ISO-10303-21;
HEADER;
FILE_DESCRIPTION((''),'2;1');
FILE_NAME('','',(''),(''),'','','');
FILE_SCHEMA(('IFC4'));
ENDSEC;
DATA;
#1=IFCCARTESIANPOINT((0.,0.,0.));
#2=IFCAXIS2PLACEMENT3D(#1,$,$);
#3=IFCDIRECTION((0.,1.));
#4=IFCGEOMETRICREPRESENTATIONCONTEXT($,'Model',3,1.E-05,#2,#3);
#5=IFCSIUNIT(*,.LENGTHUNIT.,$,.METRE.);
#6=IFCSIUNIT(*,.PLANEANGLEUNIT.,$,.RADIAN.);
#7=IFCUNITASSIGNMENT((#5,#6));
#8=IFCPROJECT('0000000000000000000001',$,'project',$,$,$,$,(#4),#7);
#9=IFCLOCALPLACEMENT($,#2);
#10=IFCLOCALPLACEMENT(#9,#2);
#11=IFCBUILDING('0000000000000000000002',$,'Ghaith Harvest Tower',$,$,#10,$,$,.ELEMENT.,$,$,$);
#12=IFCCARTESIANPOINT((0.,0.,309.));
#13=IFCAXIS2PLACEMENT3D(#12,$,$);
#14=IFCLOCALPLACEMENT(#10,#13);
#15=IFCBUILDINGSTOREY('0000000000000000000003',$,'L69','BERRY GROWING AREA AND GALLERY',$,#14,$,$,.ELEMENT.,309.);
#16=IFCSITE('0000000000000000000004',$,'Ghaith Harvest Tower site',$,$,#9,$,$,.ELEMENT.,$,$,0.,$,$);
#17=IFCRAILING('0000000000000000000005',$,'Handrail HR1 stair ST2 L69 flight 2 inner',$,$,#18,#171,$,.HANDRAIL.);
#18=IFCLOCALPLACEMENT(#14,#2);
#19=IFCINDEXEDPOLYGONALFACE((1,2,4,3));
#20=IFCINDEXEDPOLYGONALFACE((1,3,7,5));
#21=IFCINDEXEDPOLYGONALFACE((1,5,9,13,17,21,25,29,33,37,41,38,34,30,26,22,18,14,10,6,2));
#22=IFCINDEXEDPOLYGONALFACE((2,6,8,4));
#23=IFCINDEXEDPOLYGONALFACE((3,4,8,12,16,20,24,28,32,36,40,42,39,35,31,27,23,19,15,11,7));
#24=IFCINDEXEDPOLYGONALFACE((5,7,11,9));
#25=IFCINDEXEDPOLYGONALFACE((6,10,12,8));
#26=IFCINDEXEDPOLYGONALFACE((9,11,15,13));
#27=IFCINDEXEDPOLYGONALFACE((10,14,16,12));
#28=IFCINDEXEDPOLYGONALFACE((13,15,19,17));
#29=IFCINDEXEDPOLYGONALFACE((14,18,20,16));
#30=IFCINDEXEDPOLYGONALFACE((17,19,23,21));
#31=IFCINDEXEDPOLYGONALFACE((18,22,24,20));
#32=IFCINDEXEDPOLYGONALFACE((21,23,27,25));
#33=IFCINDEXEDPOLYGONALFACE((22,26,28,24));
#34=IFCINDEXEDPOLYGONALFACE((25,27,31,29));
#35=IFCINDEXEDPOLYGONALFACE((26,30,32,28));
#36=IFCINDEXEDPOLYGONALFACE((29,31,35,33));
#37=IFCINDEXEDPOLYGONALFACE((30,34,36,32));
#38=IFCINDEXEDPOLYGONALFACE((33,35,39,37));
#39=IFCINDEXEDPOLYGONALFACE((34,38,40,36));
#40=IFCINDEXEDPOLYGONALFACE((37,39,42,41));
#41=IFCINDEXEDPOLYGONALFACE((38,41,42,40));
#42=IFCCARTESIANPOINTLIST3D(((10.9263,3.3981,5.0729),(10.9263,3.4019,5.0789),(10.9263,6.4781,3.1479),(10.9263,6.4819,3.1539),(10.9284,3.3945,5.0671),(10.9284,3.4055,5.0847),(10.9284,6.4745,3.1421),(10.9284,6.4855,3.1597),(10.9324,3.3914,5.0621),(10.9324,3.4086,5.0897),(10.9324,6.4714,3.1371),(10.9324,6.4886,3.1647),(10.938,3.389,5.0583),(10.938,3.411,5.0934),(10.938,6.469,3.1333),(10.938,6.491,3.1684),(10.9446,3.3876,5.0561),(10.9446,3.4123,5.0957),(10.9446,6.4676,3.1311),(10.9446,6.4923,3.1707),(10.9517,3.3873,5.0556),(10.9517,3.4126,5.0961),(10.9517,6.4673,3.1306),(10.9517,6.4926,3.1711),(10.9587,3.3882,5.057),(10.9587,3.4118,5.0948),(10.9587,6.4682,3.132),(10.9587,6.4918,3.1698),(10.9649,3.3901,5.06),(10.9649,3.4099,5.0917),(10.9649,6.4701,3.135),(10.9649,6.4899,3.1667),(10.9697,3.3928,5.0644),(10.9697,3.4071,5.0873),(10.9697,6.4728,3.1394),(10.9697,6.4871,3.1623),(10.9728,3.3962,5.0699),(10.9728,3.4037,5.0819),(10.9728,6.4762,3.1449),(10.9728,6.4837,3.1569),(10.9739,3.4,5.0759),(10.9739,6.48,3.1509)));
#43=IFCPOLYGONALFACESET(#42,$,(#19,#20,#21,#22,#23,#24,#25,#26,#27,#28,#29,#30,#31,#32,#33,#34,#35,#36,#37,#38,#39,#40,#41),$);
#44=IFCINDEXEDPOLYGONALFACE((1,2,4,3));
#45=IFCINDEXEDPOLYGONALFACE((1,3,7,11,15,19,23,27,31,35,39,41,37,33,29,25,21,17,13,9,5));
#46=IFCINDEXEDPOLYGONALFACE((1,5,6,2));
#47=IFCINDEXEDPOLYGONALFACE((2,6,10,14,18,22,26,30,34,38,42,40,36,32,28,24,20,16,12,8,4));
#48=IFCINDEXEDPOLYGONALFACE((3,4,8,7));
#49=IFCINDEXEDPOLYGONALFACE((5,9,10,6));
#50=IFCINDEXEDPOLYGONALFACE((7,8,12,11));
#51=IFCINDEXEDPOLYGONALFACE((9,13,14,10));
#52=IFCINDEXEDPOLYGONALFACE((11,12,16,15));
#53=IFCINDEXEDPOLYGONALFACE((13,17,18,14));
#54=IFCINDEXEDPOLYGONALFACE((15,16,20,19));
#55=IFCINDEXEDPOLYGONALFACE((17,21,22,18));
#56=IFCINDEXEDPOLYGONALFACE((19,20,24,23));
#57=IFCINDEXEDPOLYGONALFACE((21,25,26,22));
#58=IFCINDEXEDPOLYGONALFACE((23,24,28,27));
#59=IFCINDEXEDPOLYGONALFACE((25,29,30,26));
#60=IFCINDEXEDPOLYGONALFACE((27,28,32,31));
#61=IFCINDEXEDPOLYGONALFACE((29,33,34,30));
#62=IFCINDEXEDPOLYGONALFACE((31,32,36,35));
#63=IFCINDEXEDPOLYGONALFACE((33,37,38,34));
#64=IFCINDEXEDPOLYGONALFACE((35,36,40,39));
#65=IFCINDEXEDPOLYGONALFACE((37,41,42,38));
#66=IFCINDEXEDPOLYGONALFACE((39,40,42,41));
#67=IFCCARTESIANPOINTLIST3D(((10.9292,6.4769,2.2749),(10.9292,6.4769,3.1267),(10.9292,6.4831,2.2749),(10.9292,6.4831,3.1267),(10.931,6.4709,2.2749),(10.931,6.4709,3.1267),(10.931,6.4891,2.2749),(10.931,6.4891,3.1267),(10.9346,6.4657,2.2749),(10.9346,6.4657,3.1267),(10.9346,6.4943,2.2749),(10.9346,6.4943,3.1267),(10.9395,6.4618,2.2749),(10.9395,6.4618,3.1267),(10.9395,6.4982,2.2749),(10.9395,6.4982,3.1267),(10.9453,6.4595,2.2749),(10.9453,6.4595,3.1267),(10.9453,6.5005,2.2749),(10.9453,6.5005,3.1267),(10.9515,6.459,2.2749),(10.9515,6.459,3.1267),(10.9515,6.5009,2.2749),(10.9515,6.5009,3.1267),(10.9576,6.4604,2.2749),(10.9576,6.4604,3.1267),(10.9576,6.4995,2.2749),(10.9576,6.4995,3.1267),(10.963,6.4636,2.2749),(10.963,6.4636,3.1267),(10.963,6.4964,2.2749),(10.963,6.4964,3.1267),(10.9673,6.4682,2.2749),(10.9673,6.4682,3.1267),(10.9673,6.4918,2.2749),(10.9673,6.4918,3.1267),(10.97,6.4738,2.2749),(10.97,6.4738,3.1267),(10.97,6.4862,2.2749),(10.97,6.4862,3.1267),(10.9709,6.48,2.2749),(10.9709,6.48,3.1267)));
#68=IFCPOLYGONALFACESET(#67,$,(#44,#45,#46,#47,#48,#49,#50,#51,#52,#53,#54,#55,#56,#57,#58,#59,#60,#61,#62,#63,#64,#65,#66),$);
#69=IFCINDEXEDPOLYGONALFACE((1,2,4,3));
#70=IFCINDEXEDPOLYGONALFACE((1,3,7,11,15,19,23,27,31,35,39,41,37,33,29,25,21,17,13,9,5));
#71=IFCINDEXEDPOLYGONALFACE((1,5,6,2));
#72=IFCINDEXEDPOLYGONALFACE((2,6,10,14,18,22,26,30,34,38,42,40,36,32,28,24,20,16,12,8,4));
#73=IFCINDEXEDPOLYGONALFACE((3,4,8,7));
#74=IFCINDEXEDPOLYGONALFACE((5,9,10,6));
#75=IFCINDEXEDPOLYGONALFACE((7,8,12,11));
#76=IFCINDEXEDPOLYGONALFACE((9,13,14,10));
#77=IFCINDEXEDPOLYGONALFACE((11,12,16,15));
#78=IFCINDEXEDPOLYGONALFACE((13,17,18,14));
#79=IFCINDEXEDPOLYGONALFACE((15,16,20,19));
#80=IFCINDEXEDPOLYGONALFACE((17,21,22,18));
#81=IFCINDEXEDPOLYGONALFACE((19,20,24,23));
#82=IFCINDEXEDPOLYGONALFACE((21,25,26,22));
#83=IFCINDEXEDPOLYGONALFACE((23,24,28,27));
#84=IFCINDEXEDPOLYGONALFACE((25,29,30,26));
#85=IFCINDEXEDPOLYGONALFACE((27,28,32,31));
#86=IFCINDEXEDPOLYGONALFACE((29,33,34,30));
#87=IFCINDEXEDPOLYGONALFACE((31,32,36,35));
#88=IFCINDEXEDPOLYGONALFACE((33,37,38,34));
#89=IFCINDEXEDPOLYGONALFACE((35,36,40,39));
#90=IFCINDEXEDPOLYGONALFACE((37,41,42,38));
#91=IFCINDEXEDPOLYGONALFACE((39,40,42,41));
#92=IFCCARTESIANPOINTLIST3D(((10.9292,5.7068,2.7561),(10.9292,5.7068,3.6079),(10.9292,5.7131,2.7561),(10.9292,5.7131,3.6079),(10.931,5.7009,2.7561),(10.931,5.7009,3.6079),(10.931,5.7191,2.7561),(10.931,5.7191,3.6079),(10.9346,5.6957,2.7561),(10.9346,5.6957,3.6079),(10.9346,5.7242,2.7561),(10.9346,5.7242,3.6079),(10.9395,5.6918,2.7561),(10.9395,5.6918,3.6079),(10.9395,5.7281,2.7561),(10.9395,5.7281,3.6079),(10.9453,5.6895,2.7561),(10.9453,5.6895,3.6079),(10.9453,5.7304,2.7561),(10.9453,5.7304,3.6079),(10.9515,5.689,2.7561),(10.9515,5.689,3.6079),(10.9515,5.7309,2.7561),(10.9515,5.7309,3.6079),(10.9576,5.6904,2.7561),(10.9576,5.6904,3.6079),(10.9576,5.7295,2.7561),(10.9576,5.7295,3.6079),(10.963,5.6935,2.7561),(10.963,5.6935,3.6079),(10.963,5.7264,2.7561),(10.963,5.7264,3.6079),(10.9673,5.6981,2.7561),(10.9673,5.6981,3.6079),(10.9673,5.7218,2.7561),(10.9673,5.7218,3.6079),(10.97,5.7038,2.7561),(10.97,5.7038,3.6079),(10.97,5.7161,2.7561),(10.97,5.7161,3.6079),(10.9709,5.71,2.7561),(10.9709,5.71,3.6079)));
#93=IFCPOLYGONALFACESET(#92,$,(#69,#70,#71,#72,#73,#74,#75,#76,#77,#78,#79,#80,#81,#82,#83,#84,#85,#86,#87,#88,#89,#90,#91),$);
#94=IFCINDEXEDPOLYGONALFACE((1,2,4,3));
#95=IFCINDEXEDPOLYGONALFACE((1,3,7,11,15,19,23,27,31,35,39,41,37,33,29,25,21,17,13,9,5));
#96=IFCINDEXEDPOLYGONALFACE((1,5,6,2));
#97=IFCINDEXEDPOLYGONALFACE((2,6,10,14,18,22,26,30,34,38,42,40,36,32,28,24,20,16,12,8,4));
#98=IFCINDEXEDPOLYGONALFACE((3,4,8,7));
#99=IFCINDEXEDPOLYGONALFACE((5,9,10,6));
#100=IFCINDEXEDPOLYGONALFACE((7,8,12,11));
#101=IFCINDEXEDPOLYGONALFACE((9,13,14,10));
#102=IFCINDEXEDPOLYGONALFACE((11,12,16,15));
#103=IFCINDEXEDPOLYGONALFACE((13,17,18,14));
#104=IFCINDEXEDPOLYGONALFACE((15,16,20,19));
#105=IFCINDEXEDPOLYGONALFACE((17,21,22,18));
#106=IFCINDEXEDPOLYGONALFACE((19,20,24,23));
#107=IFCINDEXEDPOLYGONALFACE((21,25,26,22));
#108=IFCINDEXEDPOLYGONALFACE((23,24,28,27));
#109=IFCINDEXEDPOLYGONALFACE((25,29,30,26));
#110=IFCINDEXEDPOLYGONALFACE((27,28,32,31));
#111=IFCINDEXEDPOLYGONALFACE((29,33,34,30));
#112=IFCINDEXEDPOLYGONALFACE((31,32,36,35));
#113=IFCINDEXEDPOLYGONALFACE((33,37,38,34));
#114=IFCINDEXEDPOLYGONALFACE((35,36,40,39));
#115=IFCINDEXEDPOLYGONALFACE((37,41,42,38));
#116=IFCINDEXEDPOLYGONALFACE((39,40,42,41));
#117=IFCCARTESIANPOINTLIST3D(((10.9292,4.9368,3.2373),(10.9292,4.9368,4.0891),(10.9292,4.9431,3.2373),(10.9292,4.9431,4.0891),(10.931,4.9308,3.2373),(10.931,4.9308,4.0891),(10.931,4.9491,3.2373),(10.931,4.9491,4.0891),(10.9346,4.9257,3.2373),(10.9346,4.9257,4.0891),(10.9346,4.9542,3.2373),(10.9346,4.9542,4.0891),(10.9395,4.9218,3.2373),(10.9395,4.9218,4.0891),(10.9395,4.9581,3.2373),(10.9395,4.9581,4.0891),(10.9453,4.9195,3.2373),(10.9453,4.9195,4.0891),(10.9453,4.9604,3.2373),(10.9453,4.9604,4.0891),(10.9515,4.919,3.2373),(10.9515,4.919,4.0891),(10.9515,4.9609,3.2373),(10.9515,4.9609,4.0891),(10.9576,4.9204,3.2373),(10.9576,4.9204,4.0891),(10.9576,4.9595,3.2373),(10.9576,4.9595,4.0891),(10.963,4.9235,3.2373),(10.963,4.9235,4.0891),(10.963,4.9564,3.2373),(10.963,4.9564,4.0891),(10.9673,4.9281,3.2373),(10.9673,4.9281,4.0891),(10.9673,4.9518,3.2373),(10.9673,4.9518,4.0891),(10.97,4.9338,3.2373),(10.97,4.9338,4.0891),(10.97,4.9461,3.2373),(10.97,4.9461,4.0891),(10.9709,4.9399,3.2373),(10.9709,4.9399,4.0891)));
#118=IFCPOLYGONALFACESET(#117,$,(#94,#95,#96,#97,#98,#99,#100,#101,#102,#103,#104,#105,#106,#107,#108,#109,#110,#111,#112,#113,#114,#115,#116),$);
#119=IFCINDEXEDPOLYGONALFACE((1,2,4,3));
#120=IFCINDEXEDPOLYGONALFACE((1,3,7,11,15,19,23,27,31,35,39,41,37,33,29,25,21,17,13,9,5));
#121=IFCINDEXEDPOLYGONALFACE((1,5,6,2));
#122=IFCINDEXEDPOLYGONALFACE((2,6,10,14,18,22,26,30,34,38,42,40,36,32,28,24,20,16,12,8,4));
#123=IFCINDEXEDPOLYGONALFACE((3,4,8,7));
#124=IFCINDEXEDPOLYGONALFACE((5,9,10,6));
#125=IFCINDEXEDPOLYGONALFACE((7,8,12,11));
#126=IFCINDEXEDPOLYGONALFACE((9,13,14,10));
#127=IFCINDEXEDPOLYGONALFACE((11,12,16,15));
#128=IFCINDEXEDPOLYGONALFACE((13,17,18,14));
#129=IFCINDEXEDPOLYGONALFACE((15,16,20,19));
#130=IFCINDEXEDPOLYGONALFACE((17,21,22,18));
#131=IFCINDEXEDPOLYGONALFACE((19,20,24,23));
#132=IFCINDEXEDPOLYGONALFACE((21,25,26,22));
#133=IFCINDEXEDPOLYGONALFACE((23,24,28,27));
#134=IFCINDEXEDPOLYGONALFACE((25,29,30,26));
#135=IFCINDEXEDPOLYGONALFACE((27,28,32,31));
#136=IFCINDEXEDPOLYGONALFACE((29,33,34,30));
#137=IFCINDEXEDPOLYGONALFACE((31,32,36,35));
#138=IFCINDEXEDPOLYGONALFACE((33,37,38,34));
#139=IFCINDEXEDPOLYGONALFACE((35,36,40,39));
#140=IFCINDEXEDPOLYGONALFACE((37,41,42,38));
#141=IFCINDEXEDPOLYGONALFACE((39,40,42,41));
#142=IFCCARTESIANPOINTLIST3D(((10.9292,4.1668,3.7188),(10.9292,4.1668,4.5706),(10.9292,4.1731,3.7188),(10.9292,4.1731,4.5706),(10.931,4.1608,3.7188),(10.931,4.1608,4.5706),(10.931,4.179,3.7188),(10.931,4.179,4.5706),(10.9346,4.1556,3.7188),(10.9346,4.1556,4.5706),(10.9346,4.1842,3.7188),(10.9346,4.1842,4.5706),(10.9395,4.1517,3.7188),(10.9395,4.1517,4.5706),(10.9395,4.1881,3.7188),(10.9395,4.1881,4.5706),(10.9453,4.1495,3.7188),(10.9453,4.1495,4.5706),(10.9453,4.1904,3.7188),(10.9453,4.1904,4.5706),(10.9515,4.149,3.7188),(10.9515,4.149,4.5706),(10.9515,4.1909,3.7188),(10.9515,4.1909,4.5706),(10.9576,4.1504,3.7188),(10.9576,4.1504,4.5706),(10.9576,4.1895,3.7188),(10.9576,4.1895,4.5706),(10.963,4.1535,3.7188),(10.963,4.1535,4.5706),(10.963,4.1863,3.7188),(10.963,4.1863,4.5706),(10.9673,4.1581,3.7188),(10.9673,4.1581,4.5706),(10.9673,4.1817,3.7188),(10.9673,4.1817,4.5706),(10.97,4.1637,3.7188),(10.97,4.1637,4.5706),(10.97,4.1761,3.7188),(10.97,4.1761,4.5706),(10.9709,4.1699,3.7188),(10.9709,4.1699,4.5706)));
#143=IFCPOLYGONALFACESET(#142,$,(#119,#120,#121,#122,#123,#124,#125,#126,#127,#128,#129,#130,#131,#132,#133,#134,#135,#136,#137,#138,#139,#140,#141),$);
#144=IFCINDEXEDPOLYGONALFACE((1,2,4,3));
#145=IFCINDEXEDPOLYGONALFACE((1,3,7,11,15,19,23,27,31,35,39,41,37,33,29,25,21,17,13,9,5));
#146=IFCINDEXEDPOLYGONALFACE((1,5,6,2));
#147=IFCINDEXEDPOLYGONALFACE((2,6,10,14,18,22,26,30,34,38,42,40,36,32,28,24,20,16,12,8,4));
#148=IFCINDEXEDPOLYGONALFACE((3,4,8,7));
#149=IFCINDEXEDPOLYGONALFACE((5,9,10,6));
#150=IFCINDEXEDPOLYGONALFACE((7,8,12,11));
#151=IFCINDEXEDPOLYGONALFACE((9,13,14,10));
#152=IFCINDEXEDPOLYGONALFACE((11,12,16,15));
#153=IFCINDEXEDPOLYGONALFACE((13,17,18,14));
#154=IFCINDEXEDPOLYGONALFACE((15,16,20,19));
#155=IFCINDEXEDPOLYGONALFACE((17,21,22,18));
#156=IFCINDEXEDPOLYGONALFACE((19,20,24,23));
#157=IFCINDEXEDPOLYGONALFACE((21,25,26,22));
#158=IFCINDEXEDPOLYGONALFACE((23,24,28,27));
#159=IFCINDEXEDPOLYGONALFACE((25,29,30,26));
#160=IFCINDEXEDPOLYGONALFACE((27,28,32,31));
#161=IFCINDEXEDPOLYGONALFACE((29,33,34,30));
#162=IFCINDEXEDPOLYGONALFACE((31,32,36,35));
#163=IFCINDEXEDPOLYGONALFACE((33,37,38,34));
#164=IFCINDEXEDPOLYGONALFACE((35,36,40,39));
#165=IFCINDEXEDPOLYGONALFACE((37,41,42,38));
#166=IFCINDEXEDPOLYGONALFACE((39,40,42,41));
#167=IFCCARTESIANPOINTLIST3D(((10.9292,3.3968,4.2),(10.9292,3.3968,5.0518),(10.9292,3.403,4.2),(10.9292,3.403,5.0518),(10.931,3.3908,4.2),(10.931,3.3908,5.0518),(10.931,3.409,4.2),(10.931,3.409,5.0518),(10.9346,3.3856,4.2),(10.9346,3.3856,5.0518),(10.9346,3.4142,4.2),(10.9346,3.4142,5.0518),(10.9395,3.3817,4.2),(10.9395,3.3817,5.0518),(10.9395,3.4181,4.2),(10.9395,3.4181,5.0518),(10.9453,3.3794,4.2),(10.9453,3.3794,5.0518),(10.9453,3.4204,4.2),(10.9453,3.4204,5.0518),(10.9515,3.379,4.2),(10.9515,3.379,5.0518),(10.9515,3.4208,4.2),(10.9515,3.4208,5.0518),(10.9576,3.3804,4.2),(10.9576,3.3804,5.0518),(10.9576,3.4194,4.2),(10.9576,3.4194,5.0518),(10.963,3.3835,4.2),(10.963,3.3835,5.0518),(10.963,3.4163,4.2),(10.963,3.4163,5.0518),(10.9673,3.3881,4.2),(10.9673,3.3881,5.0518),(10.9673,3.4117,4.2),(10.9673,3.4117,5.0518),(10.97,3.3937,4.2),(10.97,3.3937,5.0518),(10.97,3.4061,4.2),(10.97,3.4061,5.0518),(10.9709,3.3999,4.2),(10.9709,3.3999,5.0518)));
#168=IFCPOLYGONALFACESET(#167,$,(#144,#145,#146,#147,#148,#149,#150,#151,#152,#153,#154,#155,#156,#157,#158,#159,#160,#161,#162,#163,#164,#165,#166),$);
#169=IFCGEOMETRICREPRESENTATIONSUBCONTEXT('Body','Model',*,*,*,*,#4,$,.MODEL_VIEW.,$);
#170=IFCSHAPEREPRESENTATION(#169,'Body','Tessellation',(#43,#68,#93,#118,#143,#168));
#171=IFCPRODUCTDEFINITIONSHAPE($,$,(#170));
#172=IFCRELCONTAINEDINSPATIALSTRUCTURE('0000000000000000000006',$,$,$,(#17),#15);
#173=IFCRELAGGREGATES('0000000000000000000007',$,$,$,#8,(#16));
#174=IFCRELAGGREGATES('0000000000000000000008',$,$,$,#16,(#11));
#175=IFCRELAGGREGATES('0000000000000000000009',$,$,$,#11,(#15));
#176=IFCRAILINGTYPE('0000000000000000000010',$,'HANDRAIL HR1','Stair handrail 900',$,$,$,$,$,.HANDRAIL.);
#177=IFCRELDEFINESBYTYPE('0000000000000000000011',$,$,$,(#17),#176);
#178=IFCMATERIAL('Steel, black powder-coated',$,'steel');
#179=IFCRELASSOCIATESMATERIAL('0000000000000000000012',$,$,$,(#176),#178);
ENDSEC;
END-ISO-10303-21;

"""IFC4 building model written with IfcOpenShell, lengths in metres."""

from ifc_helpers import new_model, si_unit, direction, frame, origin, origin_2d, place, context, subcontext, project, spatial, circle, extrude, material, type_object, element, save


model = new_model("IFC4")

# Units and contexts
model_context = context("Model", 3, precision=1e-05, world=origin(), true_north=direction((0.0, 1.0)))
body_context = subcontext(model_context, "Body", "Model", "MODEL_VIEW")
ifc_project = project(units=[si_unit("LENGTHUNIT", "METRE"), si_unit("PLANEANGLEUNIT", "RADIAN")], contexts=[model_context])

# Site, building, storey
site_placement = place(None, origin())
site = spatial("IfcSite", under=ifc_project, at=site_placement, Name="Ghaith Harvest Tower site", CompositionType="ELEMENT", RefElevation=0.0)
building_placement = place(site_placement, origin())
building = spatial("IfcBuilding", under=site, at=building_placement, Name="Ghaith Harvest Tower", CompositionType="ELEMENT")
storey_placement = place(building_placement, frame((0.0, 0.0, 309.0)))
storey = spatial("IfcBuildingStorey", under=building, at=storey_placement, Name="L69", Description="BERRY GROWING AREA AND GALLERY", CompositionType="ELEMENT", Elevation=309.0)

# Railing
ifc_material_1 = material(Name="Steel, black powder-coated", Category="steel")
railing_type = type_object("IfcRailingType", Name="HANDRAIL HR1", Description="Stair handrail 900", PredefinedType="HANDRAIL", material=ifc_material_1)
railing_1_placement = place(storey_placement, frame((10.95, 6.48, 2.2749)))
element("IfcRailing", 1, at=railing_1_placement, inside=storey, type_object=railing_type, Name="Handrail HR1 stair ST2 L69 flight 2 inner", PredefinedType="HANDRAIL", context=body_context, shape_type="SweptSolid", body=[
    extrude(circle(Radius=0.0239, at=origin_2d()), frame((0.0, 0.0, 0.876), z_axis=(0.0, -0.847998, 0.529999), x_axis=(1.0, 0.0, 0.0)), (0.0, 0.0, 1.0), 3.6321),
    extrude(circle(Radius=0.021, at=origin_2d()), origin(), (0.0, 0.0, 1.0), 0.8518),
    extrude(circle(Radius=0.021, at=origin_2d()), frame((0.0, -0.77, 0.4812)), (0.0, 0.0, 1.0), 0.8518),
    extrude(circle(Radius=0.021, at=origin_2d()), frame((0.0, -1.54, 0.9624)), (0.0, 0.0, 1.0), 0.8518),
    extrude(circle(Radius=0.021, at=origin_2d()), frame((0.0, -2.3101, 1.4438)), (0.0, 0.0, 1.0), 0.8518),
    extrude(circle(Radius=0.021, at=origin_2d()), frame((0.0, -3.0801, 1.925)), (0.0, 0.0, 1.0), 0.8518),
])

save(model, "model.ifc")
